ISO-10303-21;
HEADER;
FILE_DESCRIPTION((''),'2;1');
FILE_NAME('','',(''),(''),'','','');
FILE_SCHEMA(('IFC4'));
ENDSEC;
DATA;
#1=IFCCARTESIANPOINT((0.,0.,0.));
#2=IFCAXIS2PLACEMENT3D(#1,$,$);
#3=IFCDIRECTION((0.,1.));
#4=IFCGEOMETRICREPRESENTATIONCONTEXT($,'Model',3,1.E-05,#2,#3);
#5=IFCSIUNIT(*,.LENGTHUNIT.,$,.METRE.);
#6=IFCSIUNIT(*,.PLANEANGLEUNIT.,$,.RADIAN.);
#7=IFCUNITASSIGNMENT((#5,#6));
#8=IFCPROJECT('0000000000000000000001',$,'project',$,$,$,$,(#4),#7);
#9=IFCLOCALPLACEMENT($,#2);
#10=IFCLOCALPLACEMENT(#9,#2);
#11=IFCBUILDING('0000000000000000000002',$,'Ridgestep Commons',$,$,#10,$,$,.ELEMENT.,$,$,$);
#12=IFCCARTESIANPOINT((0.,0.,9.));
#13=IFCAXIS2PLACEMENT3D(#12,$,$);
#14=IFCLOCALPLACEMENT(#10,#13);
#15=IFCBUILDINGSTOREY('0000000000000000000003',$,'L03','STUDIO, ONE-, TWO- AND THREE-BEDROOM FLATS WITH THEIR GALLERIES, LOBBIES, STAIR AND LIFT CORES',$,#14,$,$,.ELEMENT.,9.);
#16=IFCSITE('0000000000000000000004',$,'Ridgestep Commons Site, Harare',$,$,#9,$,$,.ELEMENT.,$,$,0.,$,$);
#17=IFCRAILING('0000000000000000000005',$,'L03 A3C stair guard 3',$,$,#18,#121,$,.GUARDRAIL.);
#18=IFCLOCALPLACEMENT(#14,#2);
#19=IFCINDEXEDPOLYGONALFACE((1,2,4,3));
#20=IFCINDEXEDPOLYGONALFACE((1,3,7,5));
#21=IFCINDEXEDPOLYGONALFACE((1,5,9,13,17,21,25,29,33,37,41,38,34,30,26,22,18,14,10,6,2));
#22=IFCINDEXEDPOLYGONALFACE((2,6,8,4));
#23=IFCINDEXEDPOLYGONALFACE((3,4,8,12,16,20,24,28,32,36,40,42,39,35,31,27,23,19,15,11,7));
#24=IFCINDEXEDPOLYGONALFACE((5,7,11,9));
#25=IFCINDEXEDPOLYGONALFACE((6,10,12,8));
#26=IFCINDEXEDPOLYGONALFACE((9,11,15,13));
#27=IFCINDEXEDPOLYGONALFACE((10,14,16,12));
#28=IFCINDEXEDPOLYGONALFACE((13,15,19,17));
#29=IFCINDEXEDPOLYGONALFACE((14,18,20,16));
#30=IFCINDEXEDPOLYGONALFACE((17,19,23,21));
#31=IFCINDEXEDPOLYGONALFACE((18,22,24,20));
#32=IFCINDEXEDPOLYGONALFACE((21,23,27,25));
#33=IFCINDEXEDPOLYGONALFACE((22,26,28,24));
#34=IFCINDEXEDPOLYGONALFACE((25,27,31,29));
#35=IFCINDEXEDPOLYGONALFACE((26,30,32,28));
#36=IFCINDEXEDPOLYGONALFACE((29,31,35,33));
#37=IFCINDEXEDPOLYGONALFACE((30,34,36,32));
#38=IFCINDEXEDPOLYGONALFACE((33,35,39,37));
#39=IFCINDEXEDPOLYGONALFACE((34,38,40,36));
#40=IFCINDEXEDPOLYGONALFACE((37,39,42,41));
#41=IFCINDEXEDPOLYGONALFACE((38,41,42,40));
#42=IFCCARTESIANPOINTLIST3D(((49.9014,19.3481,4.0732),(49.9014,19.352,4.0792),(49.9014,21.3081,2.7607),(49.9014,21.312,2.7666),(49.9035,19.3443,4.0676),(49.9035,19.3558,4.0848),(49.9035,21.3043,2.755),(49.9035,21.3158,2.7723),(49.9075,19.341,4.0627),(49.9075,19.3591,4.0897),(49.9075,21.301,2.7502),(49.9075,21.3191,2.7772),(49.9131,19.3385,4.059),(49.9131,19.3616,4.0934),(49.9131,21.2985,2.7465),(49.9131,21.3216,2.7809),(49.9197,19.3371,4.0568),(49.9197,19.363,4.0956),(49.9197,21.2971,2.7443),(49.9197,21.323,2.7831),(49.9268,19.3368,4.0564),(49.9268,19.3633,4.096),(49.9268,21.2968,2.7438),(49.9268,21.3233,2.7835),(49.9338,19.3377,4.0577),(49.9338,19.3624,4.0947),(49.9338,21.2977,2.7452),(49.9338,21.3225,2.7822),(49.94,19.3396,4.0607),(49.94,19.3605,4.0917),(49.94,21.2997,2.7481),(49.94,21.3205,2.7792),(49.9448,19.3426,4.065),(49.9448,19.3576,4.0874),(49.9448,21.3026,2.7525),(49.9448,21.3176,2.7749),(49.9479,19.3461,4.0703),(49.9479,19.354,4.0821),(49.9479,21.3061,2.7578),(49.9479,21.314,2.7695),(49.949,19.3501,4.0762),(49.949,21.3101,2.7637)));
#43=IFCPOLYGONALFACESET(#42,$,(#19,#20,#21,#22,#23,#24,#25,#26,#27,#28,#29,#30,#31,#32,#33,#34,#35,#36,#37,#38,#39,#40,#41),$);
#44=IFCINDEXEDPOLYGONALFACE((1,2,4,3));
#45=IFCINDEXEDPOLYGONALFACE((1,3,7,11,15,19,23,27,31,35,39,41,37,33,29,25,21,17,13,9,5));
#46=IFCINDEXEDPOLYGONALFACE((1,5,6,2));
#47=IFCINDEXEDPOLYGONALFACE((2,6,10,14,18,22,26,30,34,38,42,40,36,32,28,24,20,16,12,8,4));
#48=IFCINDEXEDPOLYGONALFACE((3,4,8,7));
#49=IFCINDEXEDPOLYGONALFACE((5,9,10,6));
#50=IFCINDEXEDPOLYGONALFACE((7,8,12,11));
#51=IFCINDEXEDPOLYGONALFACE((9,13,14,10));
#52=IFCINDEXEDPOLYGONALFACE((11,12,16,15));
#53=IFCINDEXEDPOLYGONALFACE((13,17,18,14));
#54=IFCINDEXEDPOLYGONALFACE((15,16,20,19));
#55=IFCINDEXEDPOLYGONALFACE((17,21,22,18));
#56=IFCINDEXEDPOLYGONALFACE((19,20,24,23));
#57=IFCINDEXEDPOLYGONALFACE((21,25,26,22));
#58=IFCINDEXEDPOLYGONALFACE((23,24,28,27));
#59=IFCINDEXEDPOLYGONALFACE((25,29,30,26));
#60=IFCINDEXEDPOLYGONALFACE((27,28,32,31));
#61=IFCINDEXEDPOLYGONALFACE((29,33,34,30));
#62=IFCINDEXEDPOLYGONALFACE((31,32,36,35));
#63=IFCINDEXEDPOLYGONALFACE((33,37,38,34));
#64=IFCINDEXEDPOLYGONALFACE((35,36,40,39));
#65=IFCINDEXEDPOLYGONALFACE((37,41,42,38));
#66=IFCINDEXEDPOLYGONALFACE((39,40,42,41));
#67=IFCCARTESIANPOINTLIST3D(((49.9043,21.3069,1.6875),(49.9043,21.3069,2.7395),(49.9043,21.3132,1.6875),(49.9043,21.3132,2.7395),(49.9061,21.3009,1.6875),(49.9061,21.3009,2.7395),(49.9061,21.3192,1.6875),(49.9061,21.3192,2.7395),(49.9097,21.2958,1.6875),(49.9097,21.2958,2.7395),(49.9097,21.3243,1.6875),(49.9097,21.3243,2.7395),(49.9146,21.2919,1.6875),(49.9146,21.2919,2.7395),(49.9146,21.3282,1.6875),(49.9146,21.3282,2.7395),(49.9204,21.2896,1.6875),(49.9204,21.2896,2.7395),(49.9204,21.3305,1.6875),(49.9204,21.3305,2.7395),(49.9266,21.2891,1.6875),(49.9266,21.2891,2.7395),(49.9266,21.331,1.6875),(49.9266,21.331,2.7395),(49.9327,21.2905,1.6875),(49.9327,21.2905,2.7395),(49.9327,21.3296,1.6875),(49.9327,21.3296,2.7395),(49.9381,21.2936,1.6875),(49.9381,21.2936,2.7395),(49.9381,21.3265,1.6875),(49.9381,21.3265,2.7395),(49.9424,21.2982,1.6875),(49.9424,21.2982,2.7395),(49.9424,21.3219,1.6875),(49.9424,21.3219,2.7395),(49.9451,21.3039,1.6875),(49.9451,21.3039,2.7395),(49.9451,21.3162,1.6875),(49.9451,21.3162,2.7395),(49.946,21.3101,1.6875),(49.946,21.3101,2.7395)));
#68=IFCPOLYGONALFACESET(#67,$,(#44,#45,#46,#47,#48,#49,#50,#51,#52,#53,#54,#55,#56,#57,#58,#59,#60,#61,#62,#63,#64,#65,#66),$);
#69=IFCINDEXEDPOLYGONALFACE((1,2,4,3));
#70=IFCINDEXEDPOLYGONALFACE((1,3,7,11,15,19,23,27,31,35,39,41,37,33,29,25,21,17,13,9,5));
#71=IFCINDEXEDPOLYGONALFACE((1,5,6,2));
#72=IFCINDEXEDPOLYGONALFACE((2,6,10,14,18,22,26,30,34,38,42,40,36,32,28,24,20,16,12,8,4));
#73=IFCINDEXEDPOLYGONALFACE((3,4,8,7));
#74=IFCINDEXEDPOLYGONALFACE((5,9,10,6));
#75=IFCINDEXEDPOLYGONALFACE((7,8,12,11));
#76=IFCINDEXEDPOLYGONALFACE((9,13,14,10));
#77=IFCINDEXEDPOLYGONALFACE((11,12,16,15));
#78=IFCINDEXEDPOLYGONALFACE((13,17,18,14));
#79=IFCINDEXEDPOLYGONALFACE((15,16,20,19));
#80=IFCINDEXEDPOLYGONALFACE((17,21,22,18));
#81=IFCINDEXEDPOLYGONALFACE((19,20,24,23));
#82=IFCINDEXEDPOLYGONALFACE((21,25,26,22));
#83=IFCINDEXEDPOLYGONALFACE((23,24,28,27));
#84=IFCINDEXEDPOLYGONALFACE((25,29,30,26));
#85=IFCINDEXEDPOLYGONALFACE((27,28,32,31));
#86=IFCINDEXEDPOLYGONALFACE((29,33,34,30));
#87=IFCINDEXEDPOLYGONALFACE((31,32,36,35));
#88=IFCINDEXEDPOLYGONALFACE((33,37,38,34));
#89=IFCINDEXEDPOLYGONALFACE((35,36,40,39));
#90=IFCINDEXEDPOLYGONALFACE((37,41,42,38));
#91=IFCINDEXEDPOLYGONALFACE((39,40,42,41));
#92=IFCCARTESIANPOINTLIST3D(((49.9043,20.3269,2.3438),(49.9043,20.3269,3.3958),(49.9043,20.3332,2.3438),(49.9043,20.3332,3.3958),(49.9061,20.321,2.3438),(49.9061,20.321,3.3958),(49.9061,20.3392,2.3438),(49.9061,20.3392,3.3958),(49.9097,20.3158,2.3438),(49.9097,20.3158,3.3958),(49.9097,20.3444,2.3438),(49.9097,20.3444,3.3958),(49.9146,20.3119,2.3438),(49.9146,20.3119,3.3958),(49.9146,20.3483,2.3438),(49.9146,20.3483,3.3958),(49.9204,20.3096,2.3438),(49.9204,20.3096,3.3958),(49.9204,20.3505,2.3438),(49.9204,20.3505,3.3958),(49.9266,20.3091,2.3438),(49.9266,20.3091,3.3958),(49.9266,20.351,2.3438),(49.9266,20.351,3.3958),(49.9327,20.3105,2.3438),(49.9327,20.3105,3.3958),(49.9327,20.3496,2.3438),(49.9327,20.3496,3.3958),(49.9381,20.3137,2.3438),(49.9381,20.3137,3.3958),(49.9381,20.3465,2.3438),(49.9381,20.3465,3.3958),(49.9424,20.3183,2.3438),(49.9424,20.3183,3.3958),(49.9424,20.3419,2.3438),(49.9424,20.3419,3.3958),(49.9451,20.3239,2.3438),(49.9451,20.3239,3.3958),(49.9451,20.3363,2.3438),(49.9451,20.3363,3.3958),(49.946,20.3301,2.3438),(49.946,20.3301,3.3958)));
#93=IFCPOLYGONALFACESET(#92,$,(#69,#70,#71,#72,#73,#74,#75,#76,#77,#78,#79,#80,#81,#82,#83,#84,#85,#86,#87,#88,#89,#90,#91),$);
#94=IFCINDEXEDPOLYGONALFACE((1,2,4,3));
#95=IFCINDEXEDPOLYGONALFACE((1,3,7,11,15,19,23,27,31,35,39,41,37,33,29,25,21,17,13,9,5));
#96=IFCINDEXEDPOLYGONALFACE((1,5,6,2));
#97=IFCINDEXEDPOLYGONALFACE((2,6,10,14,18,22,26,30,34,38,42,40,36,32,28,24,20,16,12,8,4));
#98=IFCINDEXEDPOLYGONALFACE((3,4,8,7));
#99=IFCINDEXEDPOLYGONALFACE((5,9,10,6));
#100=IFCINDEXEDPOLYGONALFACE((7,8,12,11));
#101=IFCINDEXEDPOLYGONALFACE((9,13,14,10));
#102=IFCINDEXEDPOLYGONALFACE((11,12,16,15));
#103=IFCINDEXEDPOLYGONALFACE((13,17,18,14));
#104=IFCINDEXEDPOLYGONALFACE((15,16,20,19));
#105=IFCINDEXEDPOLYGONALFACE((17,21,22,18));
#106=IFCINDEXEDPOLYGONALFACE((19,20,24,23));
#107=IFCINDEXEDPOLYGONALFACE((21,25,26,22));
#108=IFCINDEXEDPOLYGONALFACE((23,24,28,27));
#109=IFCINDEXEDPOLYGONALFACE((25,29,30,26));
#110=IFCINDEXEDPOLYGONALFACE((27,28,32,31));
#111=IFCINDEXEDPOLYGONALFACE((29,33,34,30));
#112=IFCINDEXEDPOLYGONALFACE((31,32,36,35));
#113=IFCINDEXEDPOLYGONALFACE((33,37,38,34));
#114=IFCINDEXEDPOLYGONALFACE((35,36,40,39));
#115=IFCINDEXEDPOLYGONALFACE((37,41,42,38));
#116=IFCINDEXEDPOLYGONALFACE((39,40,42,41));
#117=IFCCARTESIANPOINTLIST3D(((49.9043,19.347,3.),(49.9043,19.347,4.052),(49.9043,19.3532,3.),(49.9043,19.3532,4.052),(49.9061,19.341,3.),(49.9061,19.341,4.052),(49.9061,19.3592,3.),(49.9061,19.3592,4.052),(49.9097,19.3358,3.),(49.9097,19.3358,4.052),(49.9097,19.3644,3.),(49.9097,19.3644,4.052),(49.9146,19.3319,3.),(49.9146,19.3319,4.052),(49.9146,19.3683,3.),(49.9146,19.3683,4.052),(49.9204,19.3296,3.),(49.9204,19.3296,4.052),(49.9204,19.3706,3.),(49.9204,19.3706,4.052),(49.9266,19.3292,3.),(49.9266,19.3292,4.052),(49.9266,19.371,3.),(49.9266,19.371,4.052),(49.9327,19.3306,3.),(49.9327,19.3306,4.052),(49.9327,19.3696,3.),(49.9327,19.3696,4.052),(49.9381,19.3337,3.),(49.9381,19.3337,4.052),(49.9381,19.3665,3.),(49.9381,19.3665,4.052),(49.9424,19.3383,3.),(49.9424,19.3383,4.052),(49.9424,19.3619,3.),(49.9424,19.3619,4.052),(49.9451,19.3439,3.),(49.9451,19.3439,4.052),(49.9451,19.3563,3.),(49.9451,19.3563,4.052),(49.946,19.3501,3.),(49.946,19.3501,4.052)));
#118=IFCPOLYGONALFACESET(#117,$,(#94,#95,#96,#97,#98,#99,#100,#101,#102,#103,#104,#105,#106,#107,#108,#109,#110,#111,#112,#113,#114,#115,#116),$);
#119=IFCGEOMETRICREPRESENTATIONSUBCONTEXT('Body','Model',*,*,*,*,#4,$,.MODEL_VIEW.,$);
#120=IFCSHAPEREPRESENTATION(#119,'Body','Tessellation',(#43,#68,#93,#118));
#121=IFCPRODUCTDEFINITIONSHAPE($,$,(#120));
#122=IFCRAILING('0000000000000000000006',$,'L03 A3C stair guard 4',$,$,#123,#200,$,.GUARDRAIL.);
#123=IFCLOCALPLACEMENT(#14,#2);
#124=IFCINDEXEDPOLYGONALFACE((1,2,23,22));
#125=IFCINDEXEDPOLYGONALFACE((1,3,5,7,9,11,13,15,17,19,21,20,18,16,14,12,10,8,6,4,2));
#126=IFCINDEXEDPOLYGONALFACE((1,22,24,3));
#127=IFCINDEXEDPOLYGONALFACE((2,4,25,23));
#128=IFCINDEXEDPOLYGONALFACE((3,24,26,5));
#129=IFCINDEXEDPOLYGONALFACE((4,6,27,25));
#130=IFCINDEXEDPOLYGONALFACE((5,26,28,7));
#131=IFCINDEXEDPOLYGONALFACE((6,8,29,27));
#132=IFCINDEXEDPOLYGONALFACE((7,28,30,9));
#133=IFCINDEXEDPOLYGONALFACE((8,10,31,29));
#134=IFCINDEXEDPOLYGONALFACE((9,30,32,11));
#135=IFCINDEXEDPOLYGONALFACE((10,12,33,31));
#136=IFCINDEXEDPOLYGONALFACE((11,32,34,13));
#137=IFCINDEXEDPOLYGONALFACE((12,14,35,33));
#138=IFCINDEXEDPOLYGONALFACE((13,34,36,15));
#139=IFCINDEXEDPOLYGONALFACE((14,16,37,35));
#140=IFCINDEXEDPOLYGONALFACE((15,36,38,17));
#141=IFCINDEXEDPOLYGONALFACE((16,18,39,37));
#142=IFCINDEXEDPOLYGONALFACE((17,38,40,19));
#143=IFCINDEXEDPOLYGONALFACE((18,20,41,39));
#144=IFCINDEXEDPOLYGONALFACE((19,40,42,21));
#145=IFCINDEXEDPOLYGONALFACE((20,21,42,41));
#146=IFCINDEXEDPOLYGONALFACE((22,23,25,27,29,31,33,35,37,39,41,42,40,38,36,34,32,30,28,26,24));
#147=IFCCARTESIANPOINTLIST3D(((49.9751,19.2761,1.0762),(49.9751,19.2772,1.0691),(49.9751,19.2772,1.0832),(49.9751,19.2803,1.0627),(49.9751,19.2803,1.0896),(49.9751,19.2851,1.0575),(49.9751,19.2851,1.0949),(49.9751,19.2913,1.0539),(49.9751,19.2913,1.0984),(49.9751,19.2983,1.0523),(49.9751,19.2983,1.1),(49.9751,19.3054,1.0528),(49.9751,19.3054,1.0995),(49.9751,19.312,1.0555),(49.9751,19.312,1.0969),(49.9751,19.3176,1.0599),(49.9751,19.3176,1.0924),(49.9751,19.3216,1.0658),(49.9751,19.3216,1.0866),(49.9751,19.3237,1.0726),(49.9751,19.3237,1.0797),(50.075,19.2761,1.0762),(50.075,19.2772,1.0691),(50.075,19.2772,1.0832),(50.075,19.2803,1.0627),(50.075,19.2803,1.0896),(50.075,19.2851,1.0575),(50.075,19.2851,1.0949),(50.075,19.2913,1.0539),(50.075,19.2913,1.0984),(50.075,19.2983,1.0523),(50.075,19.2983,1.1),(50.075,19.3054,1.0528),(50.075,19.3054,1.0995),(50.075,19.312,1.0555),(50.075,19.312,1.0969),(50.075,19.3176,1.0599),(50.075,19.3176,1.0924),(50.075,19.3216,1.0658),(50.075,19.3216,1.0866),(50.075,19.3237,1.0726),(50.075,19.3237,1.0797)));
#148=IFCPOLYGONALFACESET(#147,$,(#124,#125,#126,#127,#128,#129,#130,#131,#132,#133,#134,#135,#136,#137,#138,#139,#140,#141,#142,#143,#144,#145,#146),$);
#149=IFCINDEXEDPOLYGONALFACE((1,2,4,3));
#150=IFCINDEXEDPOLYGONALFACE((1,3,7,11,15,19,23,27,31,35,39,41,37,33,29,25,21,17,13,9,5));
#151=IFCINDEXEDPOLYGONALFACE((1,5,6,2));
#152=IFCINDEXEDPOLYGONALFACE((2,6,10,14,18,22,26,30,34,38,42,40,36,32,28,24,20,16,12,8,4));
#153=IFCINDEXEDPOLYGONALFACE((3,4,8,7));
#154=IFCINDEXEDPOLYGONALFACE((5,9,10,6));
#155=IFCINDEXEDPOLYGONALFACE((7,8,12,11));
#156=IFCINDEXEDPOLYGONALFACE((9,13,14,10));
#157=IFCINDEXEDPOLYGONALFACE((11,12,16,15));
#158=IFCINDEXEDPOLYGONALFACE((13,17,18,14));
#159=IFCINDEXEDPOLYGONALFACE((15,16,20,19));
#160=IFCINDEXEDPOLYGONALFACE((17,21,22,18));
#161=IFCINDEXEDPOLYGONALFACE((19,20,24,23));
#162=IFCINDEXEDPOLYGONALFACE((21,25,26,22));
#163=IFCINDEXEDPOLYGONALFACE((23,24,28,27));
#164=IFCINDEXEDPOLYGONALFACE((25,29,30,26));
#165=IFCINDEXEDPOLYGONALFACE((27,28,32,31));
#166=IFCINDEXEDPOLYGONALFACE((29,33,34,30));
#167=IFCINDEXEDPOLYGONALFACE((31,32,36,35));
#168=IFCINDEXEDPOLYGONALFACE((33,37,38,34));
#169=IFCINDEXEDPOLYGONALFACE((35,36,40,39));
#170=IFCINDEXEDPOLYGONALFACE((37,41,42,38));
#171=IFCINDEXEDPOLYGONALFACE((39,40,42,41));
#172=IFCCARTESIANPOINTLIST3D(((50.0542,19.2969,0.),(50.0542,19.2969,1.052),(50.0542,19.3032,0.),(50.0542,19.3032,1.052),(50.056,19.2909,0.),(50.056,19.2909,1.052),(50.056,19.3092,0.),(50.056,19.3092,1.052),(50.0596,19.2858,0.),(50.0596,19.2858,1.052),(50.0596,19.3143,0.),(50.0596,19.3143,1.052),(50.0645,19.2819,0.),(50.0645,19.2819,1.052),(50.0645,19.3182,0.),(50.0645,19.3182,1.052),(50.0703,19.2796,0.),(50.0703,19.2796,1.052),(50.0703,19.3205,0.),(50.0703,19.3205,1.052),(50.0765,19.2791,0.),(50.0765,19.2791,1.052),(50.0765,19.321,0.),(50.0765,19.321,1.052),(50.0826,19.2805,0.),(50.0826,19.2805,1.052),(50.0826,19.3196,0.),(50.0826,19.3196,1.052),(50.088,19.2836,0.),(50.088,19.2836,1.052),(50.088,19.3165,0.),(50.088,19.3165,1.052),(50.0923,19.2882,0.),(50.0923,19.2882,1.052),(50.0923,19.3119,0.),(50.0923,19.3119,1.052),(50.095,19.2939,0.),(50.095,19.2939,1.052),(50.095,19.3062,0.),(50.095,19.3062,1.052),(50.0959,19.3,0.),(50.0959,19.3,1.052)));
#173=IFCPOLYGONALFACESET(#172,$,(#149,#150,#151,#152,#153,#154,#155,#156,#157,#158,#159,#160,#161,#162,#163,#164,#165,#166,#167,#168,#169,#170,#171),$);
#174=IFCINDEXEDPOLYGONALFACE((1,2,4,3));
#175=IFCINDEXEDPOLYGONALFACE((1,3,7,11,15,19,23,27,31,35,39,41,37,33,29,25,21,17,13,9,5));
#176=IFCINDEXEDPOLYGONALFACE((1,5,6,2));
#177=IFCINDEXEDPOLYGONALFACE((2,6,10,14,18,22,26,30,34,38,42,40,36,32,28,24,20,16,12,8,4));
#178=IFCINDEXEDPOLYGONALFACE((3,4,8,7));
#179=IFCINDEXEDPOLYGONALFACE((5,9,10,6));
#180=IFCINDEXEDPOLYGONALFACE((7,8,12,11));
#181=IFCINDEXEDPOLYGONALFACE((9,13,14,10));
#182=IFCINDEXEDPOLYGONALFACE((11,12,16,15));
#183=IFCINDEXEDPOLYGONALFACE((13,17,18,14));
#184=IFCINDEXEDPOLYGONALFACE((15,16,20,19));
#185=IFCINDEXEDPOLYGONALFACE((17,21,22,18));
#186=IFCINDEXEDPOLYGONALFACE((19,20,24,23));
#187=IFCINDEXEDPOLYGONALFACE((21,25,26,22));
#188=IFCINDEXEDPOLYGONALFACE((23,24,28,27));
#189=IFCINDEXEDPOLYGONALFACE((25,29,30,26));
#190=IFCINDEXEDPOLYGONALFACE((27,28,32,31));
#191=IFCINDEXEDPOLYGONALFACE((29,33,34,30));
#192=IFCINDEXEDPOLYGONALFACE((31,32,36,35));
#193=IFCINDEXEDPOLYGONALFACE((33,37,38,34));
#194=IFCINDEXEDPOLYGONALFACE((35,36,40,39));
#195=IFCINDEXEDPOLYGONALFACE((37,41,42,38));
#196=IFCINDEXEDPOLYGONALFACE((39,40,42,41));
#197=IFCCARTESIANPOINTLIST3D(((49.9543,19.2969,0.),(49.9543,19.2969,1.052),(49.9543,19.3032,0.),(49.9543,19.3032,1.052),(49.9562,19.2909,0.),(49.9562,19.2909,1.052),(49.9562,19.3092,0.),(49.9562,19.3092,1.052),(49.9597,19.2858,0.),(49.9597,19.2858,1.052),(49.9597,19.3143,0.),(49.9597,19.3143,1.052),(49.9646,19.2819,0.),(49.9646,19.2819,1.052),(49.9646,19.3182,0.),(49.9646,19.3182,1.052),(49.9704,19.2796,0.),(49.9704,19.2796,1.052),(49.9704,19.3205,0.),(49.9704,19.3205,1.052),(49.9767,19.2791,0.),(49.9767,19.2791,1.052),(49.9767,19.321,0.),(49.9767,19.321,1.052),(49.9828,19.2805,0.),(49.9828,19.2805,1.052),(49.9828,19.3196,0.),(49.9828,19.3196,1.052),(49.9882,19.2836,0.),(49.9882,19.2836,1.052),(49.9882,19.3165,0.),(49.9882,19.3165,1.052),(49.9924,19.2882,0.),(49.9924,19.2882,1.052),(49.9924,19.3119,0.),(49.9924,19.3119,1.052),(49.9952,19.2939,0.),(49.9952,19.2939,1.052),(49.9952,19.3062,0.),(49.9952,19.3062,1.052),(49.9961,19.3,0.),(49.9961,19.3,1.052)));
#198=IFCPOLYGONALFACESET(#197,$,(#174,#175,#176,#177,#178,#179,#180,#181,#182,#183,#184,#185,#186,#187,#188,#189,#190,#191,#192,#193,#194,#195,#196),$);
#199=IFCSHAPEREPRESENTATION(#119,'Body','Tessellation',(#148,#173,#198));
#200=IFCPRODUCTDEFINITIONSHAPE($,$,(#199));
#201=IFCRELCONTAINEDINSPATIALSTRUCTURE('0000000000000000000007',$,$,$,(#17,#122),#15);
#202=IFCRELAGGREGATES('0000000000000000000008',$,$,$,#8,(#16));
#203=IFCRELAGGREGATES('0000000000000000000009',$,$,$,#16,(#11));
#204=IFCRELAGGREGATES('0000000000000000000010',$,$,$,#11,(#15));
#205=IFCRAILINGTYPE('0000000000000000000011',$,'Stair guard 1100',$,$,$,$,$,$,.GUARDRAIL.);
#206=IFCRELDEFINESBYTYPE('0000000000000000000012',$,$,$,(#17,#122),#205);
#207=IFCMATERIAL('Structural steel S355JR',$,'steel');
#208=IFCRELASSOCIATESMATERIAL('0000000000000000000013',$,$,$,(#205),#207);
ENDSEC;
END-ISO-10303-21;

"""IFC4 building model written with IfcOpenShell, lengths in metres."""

from ifc_helpers import new_model, si_unit, direction, frame, origin, origin_2d, place, context, subcontext, project, spatial, circle, extrude, material, type_object, element, save


model = new_model("IFC4")

# Units and contexts
model_context = context("Model", 3, precision=1e-05, world=origin(), true_north=direction((0.0, 1.0)))
body_context = subcontext(model_context, "Body", "Model", "MODEL_VIEW")
ifc_project = project(units=[si_unit("LENGTHUNIT", "METRE"), si_unit("PLANEANGLEUNIT", "RADIAN")], contexts=[model_context])

# Site, building, storey
site_placement = place(None, origin())
site = spatial("IfcSite", under=ifc_project, at=site_placement, Name="Ridgestep Commons Site, Harare", CompositionType="ELEMENT", RefElevation=0.0)
building_placement = place(site_placement, origin())
building = spatial("IfcBuilding", under=site, at=building_placement, Name="Ridgestep Commons", CompositionType="ELEMENT")
storey_placement = place(building_placement, frame((0.0, 0.0, 9.0)))
storey = spatial("IfcBuildingStorey", under=building, at=storey_placement, Name="L03", Description="STUDIO, ONE-, TWO- AND THREE-BEDROOM FLATS WITH THEIR GALLERIES, LOBBIES, STAIR AND LIFT CORES", CompositionType="ELEMENT", Elevation=9.0)

# Railings
ifc_material_1 = material(Name="Structural steel S355JR", Category="steel")
railing_type_1 = type_object("IfcRailingType", Name="Stair guard 1100", PredefinedType="GUARDRAIL", material=ifc_material_1)
railing_1_placement = place(storey_placement, frame((49.925, 21.3101, 1.6875)))
element("IfcRailing", 1, at=railing_1_placement, inside=storey, type_object=railing_type_1, Name="L03 A3C stair guard 3", PredefinedType="GUARDRAIL", context=body_context, shape_type="SweptSolid", body=[
    extrude(circle(Radius=0.0239, at=origin_2d()), frame((0.0, 0.0, 1.0762), z_axis=(0.0, -0.830902, 0.556419), x_axis=(1.0, 0.0, 0.0)), (0.0, 0.0, 1.0), 2.3589),
    extrude(circle(Radius=0.021, at=origin_2d()), origin(), (0.0, 0.0, 1.0), 1.052),
    extrude(circle(Radius=0.021, at=origin_2d()), frame((0.0, -0.98, 0.6562)), (0.0, 0.0, 1.0), 1.052),
    extrude(circle(Radius=0.021, at=origin_2d()), frame((0.0, -1.96, 1.3125)), (0.0, 0.0, 1.0), 1.052),
])
railing_2_placement = place(storey_placement, frame((50.075, 19.3, 0.0)))
element("IfcRailing", 2, at=railing_2_placement, inside=storey, type_object=railing_type_1, Name="L03 A3C stair guard 4", PredefinedType="GUARDRAIL", context=body_context, shape_type="SweptSolid", body=[
    extrude(circle(Radius=0.0239, at=origin_2d()), frame((0.0, 0.0, 1.0762), z_axis=(-1.0, 0.0, 0.0), x_axis=(0.0, -1.0, 0.0)), (0.0, 0.0, 1.0), 0.0999),
    extrude(circle(Radius=0.021, at=origin_2d()), origin(), (0.0, 0.0, 1.0), 1.052),
    extrude(circle(Radius=0.021, at=origin_2d()), frame((-0.0999, 0.0, 0.0)), (0.0, 0.0, 1.0), 1.052),
])

save(model, "model.ifc")
